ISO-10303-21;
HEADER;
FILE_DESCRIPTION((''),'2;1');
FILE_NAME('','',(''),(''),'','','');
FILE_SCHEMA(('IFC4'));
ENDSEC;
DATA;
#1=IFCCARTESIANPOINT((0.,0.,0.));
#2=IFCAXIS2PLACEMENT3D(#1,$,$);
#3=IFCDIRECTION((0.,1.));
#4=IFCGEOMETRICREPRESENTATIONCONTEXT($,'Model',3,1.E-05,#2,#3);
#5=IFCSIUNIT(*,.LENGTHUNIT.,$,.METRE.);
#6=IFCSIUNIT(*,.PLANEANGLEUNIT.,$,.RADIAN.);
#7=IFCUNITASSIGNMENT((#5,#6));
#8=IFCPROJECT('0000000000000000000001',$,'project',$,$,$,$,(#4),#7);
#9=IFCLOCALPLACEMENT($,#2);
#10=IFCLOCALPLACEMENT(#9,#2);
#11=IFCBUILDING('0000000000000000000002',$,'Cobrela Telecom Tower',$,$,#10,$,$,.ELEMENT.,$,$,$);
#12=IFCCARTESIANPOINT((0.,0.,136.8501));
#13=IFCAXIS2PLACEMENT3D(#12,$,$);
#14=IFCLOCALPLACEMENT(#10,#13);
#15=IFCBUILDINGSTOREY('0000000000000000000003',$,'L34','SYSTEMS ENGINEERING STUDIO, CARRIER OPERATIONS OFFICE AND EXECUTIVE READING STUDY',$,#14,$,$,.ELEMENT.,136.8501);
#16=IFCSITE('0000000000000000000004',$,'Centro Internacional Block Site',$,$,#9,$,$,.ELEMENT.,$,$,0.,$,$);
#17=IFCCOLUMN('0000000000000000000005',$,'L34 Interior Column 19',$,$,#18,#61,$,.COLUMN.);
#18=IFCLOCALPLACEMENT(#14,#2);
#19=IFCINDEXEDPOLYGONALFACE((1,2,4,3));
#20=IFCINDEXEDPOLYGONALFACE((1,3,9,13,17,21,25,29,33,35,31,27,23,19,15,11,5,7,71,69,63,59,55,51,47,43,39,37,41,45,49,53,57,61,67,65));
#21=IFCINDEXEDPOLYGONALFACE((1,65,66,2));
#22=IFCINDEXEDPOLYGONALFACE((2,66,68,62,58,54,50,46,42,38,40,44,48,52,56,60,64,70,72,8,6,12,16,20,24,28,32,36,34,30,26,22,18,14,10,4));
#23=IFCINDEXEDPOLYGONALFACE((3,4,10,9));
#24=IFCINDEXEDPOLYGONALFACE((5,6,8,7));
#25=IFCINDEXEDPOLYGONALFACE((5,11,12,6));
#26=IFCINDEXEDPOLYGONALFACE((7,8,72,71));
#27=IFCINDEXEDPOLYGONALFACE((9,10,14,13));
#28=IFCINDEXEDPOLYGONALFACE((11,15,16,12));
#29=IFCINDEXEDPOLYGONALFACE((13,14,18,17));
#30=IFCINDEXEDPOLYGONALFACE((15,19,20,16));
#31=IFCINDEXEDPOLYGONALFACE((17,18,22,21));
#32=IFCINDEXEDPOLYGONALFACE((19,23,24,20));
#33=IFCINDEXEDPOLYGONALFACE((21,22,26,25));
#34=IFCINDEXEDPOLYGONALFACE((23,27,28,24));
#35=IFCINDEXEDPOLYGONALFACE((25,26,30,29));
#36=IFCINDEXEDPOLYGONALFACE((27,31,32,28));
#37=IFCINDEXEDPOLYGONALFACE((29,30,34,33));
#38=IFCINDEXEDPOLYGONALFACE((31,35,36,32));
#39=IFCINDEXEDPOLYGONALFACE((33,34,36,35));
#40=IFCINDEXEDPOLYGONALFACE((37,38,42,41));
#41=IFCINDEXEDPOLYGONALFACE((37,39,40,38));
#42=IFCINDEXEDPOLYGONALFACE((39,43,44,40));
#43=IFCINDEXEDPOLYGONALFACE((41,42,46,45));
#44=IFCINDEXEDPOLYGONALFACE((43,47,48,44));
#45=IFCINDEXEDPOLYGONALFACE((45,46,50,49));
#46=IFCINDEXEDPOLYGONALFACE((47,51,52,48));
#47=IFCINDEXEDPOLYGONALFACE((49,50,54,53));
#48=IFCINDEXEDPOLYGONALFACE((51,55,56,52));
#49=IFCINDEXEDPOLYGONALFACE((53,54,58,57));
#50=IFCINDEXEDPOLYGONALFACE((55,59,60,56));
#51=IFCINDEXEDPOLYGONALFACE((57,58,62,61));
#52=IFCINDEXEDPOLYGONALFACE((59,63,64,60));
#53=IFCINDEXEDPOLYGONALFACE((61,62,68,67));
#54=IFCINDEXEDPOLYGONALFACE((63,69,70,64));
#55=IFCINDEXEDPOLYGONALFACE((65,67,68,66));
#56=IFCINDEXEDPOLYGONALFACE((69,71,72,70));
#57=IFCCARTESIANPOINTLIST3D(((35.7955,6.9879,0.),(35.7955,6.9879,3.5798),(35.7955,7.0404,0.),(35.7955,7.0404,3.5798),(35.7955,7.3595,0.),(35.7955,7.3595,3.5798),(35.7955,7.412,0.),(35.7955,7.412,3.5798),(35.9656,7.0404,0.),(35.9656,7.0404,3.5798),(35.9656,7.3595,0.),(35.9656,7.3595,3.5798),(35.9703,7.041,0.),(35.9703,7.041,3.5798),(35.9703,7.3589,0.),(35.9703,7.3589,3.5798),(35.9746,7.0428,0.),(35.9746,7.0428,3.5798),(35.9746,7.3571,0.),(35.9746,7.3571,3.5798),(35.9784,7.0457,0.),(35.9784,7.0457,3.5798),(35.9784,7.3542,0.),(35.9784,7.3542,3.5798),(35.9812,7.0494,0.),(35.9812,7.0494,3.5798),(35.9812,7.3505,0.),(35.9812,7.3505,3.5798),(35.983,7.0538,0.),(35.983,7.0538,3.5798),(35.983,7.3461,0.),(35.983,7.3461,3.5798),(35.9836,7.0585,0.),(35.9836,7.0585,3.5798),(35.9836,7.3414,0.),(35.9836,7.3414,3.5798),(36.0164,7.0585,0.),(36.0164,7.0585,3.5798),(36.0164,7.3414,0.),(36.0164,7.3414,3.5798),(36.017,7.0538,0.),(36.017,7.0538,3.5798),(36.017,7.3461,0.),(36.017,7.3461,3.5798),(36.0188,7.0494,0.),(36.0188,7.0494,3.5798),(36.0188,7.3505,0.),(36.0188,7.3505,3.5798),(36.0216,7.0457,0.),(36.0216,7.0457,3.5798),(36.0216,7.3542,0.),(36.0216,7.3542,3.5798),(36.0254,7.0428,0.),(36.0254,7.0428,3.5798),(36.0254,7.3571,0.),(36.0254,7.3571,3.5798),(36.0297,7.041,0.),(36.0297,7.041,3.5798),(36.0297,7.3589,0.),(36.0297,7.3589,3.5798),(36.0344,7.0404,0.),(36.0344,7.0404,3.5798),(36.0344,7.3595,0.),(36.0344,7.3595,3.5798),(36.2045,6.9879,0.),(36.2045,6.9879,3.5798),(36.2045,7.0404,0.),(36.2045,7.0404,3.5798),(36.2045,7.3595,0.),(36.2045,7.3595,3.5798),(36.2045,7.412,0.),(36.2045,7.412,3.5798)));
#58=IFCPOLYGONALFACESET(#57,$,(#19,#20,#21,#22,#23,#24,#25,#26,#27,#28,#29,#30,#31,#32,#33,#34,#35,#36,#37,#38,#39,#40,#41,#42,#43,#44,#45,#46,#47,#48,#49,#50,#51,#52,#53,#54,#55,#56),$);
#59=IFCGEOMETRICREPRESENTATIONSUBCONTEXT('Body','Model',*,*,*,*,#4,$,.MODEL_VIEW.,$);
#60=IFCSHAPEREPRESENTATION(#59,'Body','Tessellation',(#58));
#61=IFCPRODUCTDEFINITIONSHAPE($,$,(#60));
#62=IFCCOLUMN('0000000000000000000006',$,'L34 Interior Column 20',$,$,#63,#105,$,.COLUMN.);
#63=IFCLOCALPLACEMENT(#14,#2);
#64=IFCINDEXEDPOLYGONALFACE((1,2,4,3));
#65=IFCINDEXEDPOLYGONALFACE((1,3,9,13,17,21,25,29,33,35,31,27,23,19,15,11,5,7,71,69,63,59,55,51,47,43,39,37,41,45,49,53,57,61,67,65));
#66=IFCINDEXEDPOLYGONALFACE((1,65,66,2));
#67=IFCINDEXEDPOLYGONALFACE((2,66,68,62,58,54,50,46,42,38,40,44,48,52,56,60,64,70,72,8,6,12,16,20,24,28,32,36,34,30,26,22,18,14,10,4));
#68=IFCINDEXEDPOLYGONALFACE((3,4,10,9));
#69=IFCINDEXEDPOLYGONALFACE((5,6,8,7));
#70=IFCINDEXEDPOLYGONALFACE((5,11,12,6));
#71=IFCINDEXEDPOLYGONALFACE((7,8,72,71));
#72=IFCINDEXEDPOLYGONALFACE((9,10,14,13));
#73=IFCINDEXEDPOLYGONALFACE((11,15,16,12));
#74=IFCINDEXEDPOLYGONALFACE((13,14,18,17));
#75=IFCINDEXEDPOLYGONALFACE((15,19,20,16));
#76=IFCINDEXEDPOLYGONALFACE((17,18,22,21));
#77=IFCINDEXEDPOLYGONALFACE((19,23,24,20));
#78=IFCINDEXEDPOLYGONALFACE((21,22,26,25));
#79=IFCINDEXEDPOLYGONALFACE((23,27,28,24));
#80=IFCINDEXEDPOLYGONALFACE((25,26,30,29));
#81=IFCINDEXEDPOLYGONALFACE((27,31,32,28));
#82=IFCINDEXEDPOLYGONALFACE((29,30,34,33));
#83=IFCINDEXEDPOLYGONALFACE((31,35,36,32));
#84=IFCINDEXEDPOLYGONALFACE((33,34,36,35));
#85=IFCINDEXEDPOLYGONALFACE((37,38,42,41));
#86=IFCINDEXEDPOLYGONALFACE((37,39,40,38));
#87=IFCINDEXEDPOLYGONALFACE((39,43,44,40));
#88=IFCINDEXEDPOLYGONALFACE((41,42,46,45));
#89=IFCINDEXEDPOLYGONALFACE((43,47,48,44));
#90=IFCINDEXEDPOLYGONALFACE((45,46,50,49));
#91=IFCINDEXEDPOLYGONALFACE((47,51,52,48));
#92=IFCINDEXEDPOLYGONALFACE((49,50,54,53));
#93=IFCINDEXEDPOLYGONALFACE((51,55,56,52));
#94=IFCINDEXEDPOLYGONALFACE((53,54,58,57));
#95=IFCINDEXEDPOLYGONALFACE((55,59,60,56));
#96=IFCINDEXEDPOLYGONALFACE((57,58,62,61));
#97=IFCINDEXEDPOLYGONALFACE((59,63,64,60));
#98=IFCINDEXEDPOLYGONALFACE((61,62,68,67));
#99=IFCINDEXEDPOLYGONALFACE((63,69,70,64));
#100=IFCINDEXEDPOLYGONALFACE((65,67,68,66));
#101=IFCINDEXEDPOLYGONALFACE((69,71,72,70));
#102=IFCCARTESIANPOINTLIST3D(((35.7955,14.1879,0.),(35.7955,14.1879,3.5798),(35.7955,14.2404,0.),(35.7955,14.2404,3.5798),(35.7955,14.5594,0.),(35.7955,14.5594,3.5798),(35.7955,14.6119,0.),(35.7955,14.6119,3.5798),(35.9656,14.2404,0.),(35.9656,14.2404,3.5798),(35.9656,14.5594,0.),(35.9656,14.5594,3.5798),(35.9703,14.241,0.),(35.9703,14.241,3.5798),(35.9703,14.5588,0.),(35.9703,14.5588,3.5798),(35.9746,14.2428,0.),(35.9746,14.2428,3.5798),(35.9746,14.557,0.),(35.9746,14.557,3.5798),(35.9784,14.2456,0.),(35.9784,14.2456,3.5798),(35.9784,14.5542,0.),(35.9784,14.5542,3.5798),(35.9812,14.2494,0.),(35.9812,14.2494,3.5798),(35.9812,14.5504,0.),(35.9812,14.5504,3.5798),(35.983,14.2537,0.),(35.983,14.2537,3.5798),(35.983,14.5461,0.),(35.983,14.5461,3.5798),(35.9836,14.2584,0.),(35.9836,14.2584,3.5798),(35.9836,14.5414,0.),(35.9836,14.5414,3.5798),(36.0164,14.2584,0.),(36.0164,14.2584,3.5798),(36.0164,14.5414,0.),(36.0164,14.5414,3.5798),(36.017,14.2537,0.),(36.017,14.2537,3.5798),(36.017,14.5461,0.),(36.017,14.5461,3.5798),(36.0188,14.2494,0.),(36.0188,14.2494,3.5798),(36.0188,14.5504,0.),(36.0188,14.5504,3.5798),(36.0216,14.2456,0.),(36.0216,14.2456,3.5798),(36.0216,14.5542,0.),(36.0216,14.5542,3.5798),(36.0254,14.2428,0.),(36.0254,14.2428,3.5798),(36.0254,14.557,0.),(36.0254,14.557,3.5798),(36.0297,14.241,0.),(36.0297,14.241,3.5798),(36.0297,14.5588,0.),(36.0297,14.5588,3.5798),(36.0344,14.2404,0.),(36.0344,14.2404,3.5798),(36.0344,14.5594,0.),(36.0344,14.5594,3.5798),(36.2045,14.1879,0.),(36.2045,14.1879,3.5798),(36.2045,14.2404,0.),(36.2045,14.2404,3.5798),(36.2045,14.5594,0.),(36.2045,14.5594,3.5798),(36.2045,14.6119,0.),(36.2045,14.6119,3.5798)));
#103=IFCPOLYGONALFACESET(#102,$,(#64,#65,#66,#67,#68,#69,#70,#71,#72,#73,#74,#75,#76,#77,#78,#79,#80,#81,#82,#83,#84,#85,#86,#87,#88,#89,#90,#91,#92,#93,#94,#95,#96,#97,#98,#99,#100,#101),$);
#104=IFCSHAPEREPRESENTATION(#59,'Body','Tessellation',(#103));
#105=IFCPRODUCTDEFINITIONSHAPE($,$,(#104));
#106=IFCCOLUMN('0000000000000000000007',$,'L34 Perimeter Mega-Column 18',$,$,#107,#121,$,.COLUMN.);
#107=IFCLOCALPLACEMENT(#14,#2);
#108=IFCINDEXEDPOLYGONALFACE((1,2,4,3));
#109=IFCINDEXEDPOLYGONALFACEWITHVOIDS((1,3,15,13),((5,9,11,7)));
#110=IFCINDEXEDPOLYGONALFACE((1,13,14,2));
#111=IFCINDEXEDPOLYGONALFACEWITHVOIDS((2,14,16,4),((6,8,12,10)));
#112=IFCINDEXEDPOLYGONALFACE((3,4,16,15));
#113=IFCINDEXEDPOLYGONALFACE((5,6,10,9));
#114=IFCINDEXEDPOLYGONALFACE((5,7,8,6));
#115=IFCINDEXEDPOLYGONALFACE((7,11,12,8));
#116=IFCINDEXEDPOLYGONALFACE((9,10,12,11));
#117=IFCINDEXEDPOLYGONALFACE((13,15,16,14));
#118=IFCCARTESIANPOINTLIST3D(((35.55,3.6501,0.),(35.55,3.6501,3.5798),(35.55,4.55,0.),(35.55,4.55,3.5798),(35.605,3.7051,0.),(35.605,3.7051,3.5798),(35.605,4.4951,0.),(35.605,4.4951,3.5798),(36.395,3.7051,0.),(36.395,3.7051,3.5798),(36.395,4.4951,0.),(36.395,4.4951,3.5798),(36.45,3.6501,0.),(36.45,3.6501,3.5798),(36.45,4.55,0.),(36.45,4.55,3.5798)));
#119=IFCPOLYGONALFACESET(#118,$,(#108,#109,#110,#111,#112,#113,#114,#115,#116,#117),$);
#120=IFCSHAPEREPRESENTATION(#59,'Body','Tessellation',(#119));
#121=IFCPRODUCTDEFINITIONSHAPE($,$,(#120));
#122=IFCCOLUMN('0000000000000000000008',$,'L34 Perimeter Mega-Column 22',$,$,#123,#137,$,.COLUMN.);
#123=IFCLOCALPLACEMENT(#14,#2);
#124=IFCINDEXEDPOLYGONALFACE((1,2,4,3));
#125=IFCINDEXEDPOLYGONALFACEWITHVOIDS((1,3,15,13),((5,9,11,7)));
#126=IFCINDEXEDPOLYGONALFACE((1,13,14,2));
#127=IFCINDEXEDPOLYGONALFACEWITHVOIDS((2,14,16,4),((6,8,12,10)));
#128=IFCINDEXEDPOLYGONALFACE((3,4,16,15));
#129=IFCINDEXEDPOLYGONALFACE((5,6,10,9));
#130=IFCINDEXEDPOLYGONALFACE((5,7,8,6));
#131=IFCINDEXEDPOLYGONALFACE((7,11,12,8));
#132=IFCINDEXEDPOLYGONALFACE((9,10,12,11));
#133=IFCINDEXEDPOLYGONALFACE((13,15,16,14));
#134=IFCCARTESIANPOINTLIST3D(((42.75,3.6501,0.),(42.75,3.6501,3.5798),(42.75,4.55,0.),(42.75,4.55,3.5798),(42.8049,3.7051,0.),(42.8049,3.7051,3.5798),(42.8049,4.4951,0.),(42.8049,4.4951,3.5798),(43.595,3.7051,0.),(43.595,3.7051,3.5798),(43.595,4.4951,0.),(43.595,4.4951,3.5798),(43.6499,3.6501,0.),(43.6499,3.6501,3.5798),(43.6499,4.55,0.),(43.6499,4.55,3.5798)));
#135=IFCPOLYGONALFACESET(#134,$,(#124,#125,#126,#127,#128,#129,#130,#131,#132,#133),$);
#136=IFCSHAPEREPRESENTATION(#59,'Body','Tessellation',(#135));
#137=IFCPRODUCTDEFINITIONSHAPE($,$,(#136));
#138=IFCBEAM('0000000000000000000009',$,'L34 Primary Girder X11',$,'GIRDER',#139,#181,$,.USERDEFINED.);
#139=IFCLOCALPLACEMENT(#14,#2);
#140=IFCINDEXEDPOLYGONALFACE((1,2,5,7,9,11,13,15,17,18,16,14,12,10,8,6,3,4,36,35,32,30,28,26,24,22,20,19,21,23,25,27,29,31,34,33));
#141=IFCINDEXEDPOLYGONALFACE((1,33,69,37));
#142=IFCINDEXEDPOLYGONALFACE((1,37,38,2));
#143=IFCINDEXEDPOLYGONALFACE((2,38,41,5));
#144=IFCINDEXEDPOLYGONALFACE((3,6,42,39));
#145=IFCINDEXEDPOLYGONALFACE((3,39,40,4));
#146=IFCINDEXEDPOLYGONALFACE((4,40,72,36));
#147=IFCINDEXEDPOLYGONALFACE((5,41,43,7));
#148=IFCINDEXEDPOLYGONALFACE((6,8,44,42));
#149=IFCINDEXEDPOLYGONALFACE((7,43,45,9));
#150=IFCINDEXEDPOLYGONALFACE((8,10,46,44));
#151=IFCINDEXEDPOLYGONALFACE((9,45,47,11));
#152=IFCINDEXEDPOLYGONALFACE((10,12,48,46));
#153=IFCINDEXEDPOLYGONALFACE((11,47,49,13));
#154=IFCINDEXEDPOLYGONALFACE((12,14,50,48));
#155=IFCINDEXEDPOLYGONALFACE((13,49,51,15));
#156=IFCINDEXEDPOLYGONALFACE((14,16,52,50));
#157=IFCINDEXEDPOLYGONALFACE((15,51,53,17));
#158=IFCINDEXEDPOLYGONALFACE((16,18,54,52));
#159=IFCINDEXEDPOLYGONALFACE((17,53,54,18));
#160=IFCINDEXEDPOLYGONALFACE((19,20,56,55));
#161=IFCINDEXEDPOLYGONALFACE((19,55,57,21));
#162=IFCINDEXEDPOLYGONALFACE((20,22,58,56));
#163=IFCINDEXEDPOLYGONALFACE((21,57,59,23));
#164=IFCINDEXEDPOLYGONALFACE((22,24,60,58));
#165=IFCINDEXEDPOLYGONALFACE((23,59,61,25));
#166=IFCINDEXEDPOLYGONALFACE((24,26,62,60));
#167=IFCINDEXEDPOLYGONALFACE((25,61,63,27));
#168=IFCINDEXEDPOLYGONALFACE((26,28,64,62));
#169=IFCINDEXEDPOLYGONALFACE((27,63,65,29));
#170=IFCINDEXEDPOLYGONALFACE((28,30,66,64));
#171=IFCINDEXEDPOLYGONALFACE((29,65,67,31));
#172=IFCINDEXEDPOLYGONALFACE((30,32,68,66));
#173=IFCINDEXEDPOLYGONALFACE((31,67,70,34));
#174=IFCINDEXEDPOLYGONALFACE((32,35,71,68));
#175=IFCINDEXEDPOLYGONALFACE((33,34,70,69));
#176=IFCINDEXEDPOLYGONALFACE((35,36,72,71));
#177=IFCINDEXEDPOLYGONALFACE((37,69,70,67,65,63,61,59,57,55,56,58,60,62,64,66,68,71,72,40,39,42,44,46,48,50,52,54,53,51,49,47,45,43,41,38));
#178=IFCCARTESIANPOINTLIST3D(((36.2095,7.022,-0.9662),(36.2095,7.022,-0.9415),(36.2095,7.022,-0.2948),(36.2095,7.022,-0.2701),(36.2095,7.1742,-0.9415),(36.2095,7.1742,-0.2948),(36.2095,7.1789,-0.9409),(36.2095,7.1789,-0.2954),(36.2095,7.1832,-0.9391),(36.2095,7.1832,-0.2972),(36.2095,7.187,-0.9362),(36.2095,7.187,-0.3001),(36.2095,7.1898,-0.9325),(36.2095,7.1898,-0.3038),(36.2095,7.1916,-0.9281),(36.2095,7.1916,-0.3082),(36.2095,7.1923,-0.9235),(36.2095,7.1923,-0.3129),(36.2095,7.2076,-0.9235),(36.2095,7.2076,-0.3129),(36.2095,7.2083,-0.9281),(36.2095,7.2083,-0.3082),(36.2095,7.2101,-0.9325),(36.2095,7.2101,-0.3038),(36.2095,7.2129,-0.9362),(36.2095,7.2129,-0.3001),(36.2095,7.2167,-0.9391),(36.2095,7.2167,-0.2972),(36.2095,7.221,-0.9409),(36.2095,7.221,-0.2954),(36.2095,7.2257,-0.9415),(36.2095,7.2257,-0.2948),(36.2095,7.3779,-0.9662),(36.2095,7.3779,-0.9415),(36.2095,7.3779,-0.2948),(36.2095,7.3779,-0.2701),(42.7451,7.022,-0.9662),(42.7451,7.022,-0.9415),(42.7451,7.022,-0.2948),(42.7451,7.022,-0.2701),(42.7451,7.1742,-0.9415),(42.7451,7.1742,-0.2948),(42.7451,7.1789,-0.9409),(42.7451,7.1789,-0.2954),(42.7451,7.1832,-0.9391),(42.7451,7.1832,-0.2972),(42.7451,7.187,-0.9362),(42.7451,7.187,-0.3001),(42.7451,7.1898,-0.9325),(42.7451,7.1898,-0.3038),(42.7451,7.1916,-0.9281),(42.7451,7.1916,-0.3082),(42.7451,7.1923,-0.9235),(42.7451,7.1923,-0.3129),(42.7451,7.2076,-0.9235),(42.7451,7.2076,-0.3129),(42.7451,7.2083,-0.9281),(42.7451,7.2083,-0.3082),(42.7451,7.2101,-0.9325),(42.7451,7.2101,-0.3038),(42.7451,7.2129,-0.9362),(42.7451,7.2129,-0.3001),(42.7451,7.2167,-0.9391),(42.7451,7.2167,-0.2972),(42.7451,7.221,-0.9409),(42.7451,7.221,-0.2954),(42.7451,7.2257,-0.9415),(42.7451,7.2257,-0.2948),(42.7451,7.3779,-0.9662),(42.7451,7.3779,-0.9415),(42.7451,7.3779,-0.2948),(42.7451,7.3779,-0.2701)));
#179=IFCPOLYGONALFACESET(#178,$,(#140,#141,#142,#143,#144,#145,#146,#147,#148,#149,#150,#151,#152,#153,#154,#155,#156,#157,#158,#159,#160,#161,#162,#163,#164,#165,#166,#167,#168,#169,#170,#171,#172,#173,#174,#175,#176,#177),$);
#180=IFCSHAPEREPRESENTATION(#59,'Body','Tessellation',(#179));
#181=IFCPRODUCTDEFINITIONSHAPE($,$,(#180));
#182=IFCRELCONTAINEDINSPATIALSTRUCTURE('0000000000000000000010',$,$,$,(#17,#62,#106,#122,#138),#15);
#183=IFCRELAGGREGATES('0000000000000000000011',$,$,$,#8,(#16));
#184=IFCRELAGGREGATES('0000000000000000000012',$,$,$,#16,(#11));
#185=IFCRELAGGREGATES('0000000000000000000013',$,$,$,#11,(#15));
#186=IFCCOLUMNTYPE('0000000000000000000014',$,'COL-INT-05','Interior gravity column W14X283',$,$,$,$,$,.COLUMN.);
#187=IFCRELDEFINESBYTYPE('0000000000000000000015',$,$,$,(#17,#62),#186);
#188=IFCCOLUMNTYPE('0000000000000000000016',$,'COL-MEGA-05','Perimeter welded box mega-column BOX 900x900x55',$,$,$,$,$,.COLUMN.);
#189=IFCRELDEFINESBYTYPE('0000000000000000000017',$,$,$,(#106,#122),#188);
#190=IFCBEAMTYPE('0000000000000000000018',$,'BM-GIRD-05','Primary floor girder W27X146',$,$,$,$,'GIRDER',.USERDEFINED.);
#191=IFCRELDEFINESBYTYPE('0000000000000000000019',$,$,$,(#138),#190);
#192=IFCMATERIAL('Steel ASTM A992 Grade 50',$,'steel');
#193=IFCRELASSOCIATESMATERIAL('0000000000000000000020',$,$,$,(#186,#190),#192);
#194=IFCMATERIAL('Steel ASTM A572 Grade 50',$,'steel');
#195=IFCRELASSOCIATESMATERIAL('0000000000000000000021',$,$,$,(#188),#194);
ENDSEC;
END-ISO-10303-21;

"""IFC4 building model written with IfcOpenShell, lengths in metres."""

from ifc_helpers import new_model, si_unit, direction, frame, origin, origin_2d, place, context, subcontext, project, spatial, hollow_rectangle, i_section, extrude, material, material_profile, profile_set, type_object, element, save


model = new_model("IFC4")

# Units and contexts
model_context = context("Model", 3, precision=1e-05, world=origin(), true_north=direction((0.0, 1.0)))
body_context = subcontext(model_context, "Body", "Model", "MODEL_VIEW")
ifc_project = project(units=[si_unit("LENGTHUNIT", "METRE"), si_unit("PLANEANGLEUNIT", "RADIAN")], contexts=[model_context])

# Site, building, storey
site_placement = place(None, origin())
site = spatial("IfcSite", under=ifc_project, at=site_placement, Name="Centro Internacional Block Site", CompositionType="ELEMENT", RefElevation=0.0)
building_placement = place(site_placement, origin())
building = spatial("IfcBuilding", under=site, at=building_placement, Name="Cobrela Telecom Tower", CompositionType="ELEMENT")
storey_placement = place(building_placement, frame((0.0, 0.0, 136.8501)))
storey = spatial("IfcBuildingStorey", under=building, at=storey_placement, Name="L34", Description="SYSTEMS ENGINEERING STUDIO, CARRIER OPERATIONS OFFICE AND EXECUTIVE READING STUDY", CompositionType="ELEMENT", Elevation=136.8501)

# Columns
ifc_material_1 = material(Name="Steel ASTM A992 Grade 50", Category="steel")
ifc_material_profile_1 = material_profile(ifc_material_1, i_section(OverallWidth=0.4089, OverallDepth=0.4241, WebThickness=0.0327, FlangeThickness=0.0525, FilletRadius=0.0181, at=origin_2d()), Name="W14X283")
ifc_profile_set_1 = profile_set([ifc_material_profile_1], Name="Steel ASTM A992 Grade 50")
column_type_1 = type_object("IfcColumnType", Name="COL-INT-05", Description="Interior gravity column W14X283", PredefinedType="COLUMN", material=ifc_profile_set_1)
for number, where, z_axis, x_axis, name in (
    (1, (36.0, 7.2, 0.0), (0.0, 0.0, 1.0), (1.0, 0.0, 0.0), "L34 Interior Column 19"),
    (2, (36.0, 14.3999, 0.0), (0.0, 0.0, 1.0), (1.0, 0.0, 0.0), "L34 Interior Column 20"),
):
    element("IfcColumn", number, at=place(storey_placement, frame(where, z_axis=z_axis, x_axis=x_axis)), inside=storey, type_object=column_type_1, Name=name, PredefinedType="COLUMN", context=body_context, shape_type="SweptSolid", body=[
        extrude(i_section(OverallWidth=0.4089, OverallDepth=0.4241, WebThickness=0.0327, FlangeThickness=0.0525, FilletRadius=0.0181, at=origin_2d()), origin(), (0.0, 0.0, 1.0), 3.5798),
    ])
ifc_material_2 = material(Name="Steel ASTM A572 Grade 50", Category="steel")
ifc_material_profile_2 = material_profile(ifc_material_2, hollow_rectangle(XDim=0.8999, YDim=0.8999, WallThickness=0.0549, at=origin_2d()), Name="BOX 900x900x55")
ifc_profile_set_2 = profile_set([ifc_material_profile_2], Name="Steel ASTM A572 Grade 50")
column_type_2 = type_object("IfcColumnType", Name="COL-MEGA-05", Description="Perimeter welded box mega-column BOX 900x900x55", PredefinedType="COLUMN", material=ifc_profile_set_2)
for number, where, z_axis, x_axis, name in (
    (3, (36.0, 4.1001, 0.0), (0.0, 0.0, 1.0), (1.0, 0.0, 0.0), "L34 Perimeter Mega-Column 18"),
    (4, (43.2, 4.1001, 0.0), (0.0, 0.0, 1.0), (1.0, 0.0, 0.0), "L34 Perimeter Mega-Column 22"),
):
    element("IfcColumn", number, at=place(storey_placement, frame(where, z_axis=z_axis, x_axis=x_axis)), inside=storey, type_object=column_type_2, Name=name, PredefinedType="COLUMN", context=body_context, shape_type="SweptSolid", body=[
        extrude(hollow_rectangle(XDim=0.8999, YDim=0.8999, WallThickness=0.0549, at=origin_2d()), origin(), (0.0, 0.0, 1.0), 3.5798),
    ])

# Beam
ifc_material_profile_3 = material_profile(ifc_material_1, i_section(OverallWidth=0.356, OverallDepth=0.696, WebThickness=0.0154, FlangeThickness=0.0247, FilletRadius=0.0181, at=origin_2d()), Name="W27X146")
ifc_profile_set_3 = profile_set([ifc_material_profile_3], Name="Steel ASTM A992 Grade 50")
beam_type_1 = type_object("IfcBeamType", Name="BM-GIRD-05", Description="Primary floor girder W27X146", ElementType="GIRDER", PredefinedType="USERDEFINED", material=ifc_profile_set_3)
beam_1_placement = place(storey_placement, frame((36.2095, 7.2, -0.6182), z_axis=(1.0, 0.0, 0.0), x_axis=(0.0, 1.0, 0.0)))
element("IfcBeam", 5, at=beam_1_placement, inside=storey, type_object=beam_type_1, Name="L34 Primary Girder X11", ObjectType="GIRDER", PredefinedType="USERDEFINED", context=body_context, shape_type="SweptSolid", body=[
    extrude(i_section(OverallWidth=0.356, OverallDepth=0.696, WebThickness=0.0154, FlangeThickness=0.0247, FilletRadius=0.0181, at=origin_2d()), origin(), (0.0, 0.0, 1.0), 6.5356),
])

save(model, "model.ifc")
